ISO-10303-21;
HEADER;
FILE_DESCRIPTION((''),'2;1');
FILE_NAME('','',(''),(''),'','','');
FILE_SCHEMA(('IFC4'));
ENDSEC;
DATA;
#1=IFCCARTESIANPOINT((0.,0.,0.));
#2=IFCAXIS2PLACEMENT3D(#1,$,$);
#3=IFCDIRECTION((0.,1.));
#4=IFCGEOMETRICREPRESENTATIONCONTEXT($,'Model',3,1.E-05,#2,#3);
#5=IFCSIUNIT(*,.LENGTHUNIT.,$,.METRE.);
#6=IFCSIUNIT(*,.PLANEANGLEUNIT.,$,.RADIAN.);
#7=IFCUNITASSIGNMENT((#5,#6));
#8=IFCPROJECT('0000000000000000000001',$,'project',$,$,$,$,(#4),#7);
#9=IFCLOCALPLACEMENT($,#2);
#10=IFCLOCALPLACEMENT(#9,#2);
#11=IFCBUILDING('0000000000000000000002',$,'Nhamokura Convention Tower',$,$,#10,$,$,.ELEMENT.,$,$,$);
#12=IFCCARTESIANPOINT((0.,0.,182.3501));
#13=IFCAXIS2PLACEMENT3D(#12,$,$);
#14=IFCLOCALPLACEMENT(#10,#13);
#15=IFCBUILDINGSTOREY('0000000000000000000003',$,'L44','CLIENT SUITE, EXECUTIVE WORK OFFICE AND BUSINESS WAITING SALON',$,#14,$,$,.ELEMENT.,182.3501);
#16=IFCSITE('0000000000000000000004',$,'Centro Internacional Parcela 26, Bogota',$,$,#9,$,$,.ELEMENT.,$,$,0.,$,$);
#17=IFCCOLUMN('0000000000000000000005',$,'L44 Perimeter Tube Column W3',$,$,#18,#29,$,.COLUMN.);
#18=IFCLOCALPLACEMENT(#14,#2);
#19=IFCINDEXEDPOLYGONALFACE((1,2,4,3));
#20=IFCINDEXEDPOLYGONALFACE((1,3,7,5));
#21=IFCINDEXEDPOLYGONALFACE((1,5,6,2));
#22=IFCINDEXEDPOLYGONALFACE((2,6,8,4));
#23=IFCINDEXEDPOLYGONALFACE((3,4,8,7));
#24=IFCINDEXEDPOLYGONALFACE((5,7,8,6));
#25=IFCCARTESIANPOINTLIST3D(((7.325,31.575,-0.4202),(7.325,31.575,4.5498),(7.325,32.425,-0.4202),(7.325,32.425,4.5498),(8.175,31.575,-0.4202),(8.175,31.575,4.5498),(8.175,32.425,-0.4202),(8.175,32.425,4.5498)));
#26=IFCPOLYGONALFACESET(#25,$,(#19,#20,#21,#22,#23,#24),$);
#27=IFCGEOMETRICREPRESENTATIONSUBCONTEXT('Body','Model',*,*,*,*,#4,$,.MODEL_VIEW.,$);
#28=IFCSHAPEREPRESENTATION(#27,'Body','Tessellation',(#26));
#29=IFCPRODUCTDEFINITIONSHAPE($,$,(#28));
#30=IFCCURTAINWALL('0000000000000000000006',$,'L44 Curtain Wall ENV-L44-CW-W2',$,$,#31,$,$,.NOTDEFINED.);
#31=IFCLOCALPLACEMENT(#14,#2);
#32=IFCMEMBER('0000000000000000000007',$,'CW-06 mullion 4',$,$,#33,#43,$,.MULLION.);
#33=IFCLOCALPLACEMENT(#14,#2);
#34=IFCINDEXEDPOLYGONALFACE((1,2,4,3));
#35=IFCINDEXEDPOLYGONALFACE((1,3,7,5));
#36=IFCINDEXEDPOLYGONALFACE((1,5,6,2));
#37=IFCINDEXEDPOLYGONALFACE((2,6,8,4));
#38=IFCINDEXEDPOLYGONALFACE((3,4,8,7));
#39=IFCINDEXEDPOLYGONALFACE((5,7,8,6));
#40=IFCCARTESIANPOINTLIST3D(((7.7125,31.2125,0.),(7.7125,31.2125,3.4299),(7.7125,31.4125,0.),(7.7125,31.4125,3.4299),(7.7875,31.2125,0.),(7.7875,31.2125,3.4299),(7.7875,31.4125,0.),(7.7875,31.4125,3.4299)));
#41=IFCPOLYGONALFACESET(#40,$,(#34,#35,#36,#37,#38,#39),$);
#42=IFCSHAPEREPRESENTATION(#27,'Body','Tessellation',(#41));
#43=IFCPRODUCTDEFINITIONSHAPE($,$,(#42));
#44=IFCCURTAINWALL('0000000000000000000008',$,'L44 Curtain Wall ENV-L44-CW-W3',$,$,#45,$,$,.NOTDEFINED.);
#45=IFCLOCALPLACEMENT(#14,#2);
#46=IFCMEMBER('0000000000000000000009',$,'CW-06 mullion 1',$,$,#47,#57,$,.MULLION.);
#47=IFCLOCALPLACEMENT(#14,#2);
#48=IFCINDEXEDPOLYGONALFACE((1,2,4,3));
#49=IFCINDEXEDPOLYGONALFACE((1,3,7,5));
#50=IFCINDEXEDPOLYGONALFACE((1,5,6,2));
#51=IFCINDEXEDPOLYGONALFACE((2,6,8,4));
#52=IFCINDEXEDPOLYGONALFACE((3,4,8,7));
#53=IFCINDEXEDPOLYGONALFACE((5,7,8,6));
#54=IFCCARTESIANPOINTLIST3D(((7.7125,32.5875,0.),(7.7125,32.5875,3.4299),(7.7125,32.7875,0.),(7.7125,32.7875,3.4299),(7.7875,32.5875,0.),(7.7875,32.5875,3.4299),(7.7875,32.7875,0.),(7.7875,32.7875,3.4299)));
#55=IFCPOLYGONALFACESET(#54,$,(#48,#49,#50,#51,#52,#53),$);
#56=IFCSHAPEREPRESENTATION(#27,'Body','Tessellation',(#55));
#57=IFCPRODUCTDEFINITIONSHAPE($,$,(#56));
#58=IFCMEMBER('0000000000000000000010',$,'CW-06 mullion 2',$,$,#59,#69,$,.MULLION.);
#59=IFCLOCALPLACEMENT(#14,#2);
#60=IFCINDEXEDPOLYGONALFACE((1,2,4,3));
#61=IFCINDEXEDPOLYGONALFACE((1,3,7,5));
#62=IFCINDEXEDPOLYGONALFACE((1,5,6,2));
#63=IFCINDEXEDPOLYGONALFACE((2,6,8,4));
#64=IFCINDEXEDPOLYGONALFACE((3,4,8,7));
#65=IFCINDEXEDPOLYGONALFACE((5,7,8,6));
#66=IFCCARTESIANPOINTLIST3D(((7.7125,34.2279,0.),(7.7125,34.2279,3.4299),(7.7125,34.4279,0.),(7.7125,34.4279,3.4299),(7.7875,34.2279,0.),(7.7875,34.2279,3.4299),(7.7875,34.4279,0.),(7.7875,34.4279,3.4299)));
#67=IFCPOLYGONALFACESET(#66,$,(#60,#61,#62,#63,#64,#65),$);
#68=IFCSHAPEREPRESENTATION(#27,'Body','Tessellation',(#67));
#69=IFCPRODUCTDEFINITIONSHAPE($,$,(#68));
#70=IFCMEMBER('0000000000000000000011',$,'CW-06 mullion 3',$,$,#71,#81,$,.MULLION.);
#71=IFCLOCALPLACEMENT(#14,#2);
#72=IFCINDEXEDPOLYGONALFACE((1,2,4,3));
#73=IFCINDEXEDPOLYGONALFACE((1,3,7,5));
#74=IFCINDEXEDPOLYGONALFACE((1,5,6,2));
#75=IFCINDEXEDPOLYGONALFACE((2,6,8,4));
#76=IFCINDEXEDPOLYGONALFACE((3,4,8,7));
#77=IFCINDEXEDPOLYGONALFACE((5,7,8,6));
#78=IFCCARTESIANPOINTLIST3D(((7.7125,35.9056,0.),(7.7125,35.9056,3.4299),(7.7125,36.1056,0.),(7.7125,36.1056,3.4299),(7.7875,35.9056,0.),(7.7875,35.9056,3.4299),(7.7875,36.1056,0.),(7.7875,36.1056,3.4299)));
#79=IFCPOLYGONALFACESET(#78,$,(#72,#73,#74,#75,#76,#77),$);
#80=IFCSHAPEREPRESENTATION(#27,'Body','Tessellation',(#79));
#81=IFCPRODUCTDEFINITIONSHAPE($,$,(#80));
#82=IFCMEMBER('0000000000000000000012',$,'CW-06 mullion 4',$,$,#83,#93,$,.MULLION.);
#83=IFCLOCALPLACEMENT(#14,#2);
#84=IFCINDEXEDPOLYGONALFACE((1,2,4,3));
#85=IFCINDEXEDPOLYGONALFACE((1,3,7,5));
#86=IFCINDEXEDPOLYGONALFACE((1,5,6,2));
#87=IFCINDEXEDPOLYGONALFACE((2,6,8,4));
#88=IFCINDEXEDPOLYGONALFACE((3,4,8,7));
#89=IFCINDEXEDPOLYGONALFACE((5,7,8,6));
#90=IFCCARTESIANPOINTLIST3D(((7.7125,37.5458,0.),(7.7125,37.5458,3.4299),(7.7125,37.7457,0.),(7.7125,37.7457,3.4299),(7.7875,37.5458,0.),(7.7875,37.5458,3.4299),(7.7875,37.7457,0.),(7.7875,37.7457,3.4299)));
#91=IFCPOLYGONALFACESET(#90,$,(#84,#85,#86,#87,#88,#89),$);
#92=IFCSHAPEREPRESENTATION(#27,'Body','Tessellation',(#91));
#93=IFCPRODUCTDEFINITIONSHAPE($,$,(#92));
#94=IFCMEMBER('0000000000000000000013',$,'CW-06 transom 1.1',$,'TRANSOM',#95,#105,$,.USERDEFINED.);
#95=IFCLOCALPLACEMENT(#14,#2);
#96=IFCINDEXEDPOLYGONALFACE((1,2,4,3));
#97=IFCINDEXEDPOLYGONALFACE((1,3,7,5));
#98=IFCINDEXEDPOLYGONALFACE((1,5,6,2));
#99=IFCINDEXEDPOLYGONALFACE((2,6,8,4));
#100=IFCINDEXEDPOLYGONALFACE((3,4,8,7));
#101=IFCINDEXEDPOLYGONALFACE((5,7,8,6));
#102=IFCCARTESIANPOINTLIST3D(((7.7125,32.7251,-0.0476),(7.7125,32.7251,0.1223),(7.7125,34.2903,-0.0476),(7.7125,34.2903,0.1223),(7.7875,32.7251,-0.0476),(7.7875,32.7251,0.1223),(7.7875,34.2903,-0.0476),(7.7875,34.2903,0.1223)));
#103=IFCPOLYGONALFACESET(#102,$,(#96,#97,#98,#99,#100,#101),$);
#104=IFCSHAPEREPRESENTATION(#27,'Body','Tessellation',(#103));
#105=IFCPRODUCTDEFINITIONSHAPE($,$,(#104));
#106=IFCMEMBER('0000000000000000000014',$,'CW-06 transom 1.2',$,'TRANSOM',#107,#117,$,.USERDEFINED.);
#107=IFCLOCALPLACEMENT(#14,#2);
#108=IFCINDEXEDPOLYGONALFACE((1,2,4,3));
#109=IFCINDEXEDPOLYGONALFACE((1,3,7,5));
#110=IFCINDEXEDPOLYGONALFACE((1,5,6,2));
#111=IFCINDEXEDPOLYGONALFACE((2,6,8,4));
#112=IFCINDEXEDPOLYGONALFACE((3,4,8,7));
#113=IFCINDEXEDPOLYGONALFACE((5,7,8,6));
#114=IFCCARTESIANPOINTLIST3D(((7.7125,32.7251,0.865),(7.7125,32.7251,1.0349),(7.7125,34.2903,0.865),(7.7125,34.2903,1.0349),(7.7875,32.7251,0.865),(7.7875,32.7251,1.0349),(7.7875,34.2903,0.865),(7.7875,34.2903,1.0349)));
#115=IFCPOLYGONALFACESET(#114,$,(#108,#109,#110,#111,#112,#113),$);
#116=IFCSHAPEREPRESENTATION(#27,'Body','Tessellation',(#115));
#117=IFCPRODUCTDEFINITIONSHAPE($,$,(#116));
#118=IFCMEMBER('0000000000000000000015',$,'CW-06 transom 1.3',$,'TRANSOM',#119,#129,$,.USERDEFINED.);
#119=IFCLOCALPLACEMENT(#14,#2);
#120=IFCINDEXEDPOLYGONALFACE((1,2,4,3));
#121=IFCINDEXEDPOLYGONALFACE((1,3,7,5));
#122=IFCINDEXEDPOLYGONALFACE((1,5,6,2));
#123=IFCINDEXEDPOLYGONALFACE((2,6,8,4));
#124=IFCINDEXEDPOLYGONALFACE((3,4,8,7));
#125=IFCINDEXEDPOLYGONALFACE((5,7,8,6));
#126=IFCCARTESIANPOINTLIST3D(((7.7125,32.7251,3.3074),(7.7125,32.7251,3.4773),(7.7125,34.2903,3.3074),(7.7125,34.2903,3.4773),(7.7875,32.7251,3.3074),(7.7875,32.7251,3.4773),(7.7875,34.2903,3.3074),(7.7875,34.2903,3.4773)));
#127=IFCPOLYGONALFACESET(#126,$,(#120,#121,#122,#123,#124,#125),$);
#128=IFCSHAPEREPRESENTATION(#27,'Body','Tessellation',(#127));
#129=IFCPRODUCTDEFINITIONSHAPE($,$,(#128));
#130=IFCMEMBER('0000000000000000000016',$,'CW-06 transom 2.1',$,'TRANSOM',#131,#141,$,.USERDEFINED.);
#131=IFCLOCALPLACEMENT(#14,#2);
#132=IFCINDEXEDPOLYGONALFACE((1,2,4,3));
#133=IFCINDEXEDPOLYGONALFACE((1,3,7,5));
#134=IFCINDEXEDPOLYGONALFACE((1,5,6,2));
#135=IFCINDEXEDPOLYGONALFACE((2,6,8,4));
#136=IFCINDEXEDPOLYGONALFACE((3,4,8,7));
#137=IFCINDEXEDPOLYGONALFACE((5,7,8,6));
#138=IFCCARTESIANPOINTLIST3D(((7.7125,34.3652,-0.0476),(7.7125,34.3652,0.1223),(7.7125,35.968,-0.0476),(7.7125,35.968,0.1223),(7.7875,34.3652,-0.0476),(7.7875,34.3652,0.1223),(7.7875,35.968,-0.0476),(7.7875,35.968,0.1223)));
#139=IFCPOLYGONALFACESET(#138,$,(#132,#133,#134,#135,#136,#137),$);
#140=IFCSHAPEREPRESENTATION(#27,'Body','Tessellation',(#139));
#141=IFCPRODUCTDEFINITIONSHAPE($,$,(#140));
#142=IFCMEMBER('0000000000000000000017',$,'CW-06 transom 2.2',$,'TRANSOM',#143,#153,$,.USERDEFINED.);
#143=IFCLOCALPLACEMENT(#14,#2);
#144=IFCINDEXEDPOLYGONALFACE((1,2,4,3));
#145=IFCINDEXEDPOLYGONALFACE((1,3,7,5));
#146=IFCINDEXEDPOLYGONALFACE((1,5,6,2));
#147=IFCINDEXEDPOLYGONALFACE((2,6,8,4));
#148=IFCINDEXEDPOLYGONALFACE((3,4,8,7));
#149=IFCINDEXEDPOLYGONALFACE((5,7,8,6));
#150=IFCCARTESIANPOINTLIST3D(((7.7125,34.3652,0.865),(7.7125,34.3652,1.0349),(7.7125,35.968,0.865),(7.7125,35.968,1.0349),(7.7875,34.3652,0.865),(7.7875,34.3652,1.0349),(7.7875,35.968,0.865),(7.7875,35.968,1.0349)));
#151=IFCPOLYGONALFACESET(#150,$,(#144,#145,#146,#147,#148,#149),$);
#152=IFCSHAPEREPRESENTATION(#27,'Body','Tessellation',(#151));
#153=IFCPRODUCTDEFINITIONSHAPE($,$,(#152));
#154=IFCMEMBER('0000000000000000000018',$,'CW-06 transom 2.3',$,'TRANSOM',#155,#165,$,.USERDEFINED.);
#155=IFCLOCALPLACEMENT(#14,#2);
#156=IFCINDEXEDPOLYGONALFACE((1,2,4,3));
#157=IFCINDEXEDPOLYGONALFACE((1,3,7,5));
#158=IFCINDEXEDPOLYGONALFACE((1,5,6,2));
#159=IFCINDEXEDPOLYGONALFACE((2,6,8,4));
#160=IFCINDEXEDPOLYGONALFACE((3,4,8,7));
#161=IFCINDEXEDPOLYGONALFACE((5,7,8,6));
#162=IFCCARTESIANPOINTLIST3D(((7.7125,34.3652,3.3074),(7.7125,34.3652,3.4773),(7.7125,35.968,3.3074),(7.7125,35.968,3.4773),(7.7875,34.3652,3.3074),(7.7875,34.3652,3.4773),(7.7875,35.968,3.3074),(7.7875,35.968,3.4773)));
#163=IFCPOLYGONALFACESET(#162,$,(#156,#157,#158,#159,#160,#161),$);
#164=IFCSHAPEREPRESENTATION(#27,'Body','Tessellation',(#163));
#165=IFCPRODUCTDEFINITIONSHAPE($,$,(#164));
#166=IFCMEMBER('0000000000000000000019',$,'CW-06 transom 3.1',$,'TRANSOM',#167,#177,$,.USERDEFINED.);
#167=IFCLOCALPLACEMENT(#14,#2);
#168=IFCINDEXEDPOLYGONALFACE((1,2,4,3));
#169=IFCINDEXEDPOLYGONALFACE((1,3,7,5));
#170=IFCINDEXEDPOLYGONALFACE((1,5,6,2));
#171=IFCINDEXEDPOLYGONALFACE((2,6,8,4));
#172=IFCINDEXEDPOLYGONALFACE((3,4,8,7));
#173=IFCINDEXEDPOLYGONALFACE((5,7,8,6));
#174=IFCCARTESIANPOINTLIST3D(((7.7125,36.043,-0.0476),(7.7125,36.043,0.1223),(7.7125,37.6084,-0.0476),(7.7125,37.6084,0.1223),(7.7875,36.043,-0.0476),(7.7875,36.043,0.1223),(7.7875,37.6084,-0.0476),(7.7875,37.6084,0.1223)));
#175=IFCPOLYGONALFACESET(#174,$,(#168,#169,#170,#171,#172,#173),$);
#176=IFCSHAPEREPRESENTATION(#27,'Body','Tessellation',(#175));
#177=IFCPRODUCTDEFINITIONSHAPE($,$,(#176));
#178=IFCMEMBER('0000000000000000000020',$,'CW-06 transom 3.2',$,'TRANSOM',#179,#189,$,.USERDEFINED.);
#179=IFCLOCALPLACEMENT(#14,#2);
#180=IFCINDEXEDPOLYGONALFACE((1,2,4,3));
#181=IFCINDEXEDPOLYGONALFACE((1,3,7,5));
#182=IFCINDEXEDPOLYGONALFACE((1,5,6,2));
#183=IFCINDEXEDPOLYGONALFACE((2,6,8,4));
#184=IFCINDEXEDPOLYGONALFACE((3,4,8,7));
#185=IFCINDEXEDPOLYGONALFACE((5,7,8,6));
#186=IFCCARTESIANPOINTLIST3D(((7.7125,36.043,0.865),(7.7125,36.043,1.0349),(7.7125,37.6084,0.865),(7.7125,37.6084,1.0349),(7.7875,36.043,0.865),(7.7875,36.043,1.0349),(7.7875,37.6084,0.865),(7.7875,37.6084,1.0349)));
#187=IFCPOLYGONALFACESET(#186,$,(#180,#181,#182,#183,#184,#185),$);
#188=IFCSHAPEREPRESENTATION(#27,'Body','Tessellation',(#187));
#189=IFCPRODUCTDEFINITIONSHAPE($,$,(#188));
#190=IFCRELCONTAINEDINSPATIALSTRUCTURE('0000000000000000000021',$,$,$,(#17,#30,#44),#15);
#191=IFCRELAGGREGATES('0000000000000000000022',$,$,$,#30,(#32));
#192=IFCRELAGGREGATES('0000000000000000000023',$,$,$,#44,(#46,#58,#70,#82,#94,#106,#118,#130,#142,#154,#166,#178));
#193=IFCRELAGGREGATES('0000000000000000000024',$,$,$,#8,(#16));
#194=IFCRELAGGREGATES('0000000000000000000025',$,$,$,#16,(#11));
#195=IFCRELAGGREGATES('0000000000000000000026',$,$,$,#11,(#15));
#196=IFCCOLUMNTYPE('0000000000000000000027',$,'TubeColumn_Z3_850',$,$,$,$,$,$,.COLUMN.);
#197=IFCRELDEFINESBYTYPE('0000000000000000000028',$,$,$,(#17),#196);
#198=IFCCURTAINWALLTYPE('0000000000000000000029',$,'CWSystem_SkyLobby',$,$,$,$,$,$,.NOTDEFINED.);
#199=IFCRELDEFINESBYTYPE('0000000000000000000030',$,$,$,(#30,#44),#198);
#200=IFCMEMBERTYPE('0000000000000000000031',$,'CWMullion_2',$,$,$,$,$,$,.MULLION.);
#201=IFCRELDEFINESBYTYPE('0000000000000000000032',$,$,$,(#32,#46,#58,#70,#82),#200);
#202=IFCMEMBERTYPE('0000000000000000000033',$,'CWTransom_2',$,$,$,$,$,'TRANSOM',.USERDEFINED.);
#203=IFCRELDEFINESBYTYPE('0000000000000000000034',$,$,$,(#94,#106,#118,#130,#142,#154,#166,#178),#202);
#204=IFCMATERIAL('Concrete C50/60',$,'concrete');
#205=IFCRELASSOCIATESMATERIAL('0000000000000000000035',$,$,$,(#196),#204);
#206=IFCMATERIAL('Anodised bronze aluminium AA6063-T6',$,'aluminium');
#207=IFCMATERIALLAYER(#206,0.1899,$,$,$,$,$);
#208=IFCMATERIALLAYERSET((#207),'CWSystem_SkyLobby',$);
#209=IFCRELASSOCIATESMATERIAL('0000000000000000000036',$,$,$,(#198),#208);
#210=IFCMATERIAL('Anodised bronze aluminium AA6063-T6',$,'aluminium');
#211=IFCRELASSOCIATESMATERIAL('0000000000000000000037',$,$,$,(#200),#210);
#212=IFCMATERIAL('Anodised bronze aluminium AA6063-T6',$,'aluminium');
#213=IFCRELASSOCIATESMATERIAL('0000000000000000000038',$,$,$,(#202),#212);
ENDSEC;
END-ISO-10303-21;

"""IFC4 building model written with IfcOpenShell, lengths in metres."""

from ifc_helpers import new_model, si_unit, direction, frame, origin, origin_2d, place, context, subcontext, project, spatial, rectangle, extrude, material, layer, layer_set, material_profile, profile_set, type_object, element, aggregate, save


model = new_model("IFC4")

# Units and contexts
model_context = context("Model", 3, precision=1e-05, world=origin(), true_north=direction((0.0, 1.0)))
body_context = subcontext(model_context, "Body", "Model", "MODEL_VIEW")
ifc_project = project(units=[si_unit("LENGTHUNIT", "METRE"), si_unit("PLANEANGLEUNIT", "RADIAN")], contexts=[model_context])

# Site, building, storey
site_placement = place(None, origin())
site = spatial("IfcSite", under=ifc_project, at=site_placement, Name="Centro Internacional Parcela 26, Bogota", CompositionType="ELEMENT", RefElevation=0.0)
building_placement = place(site_placement, origin())
building = spatial("IfcBuilding", under=site, at=building_placement, Name="Nhamokura Convention Tower", CompositionType="ELEMENT")
storey_placement = place(building_placement, frame((0.0, 0.0, 182.3501)))
storey = spatial("IfcBuildingStorey", under=building, at=storey_placement, Name="L44", Description="CLIENT SUITE, EXECUTIVE WORK OFFICE AND BUSINESS WAITING SALON", CompositionType="ELEMENT", Elevation=182.3501)

# Column
ifc_material_1 = material(Name="Concrete C50/60", Category="concrete")
ifc_material_profile_1 = material_profile(ifc_material_1, rectangle(XDim=0.8501, YDim=0.8501, at=origin_2d()))
ifc_profile_set_1 = profile_set([ifc_material_profile_1], Name="Concrete C50/60")
column_type = type_object("IfcColumnType", Name="TubeColumn_Z3_850", PredefinedType="COLUMN", material=ifc_profile_set_1)
column_placement = place(storey_placement, frame((7.75, 32.0, -0.4202), z_axis=(0.0, 0.0, 1.0), x_axis=(1.0, 0.0, 0.0)))
element("IfcColumn", 1, at=column_placement, inside=storey, type_object=column_type, Name="L44 Perimeter Tube Column W3", PredefinedType="COLUMN", context=body_context, shape_type="SweptSolid", body=[
    extrude(rectangle(XDim=0.8501, YDim=0.8501, at=origin_2d()), origin(), (0.0, 0.0, 1.0), 4.97),
])

# Curtain wall, member
ifc_material_2 = material(Name="Anodised bronze aluminium AA6063-T6", Category="aluminium")
ifc_layer_1 = layer(ifc_material_2, 0.1899)
ifc_layer_set_1 = layer_set([ifc_layer_1], Name="CWSystem_SkyLobby")
curtain_wall_type = type_object("IfcCurtainWallType", Name="CWSystem_SkyLobby", PredefinedType="NOTDEFINED", material=ifc_layer_set_1)
curtain_wall_1_placement = place(storey_placement, origin())
curtain_wall_1 = element("IfcCurtainWall", 2, at=curtain_wall_1_placement, inside=storey, type_object=curtain_wall_type, Name="L44 Curtain Wall ENV-L44-CW-W2", PredefinedType="NOTDEFINED")
ifc_material_3 = material(Name="Anodised bronze aluminium AA6063-T6", Category="aluminium")
ifc_material_profile_2 = material_profile(ifc_material_3, rectangle(XDim=0.075, YDim=0.2, at=origin_2d()))
ifc_profile_set_2 = profile_set([ifc_material_profile_2], Name="Anodised bronze aluminium AA6063-T6")
member_type_1 = type_object("IfcMemberType", Name="CWMullion_2", PredefinedType="MULLION", material=ifc_profile_set_2)
member_1_placement = place(storey_placement, frame((7.75, 31.3125, 0.0), z_axis=(0.0, 0.0, 1.0), x_axis=(-1.0, 0.0, 0.0)))
member_1 = element("IfcMember", 3, at=member_1_placement, type_object=member_type_1, Name="CW-06 mullion 4", PredefinedType="MULLION", context=body_context, shape_type="SweptSolid", body=[
    extrude(rectangle(XDim=0.075, YDim=0.2, at=origin_2d()), origin(), (0.0, 0.0, 1.0), 3.4299),
])

# Curtain wall, members
curtain_wall_2_placement = place(storey_placement, origin())
curtain_wall_2 = element("IfcCurtainWall", 4, at=curtain_wall_2_placement, inside=storey, type_object=curtain_wall_type, Name="L44 Curtain Wall ENV-L44-CW-W3", PredefinedType="NOTDEFINED")
member_2_placement = place(storey_placement, frame((7.75, 32.6875, 0.0), z_axis=(0.0, 0.0, 1.0), x_axis=(-1.0, 0.0, 0.0)))
member_2 = element("IfcMember", 5, at=member_2_placement, type_object=member_type_1, Name="CW-06 mullion 1", PredefinedType="MULLION", context=body_context, shape_type="SweptSolid", body=[
    extrude(rectangle(XDim=0.075, YDim=0.2, at=origin_2d()), origin(), (0.0, 0.0, 1.0), 3.4299),
])
member_3_placement = place(storey_placement, frame((7.75, 34.3279, 0.0), z_axis=(0.0, 0.0, 1.0), x_axis=(-1.0, 0.0, 0.0)))
member_3 = element("IfcMember", 6, at=member_3_placement, type_object=member_type_1, Name="CW-06 mullion 2", PredefinedType="MULLION", context=body_context, shape_type="SweptSolid", body=[
    extrude(rectangle(XDim=0.075, YDim=0.2, at=origin_2d()), origin(), (0.0, 0.0, 1.0), 3.4299),
])
member_4_placement = place(storey_placement, frame((7.75, 36.0056, 0.0), z_axis=(0.0, 0.0, 1.0), x_axis=(-1.0, 0.0, 0.0)))
member_4 = element("IfcMember", 7, at=member_4_placement, type_object=member_type_1, Name="CW-06 mullion 3", PredefinedType="MULLION", context=body_context, shape_type="SweptSolid", body=[
    extrude(rectangle(XDim=0.075, YDim=0.2, at=origin_2d()), origin(), (0.0, 0.0, 1.0), 3.4299),
])
member_5_placement = place(storey_placement, frame((7.75, 37.6458, 0.0), z_axis=(0.0, 0.0, 1.0), x_axis=(-1.0, 0.0, 0.0)))
member_5 = element("IfcMember", 8, at=member_5_placement, type_object=member_type_1, Name="CW-06 mullion 4", PredefinedType="MULLION", context=body_context, shape_type="SweptSolid", body=[
    extrude(rectangle(XDim=0.075, YDim=0.2, at=origin_2d()), origin(), (0.0, 0.0, 1.0), 3.4299),
])
ifc_material_4 = material(Name="Anodised bronze aluminium AA6063-T6", Category="aluminium")
ifc_material_profile_3 = material_profile(ifc_material_4, rectangle(XDim=0.075, YDim=0.1699, at=origin_2d()))
ifc_profile_set_3 = profile_set([ifc_material_profile_3], Name="Anodised bronze aluminium AA6063-T6")
member_type_2 = type_object("IfcMemberType", Name="CWTransom_2", ElementType="TRANSOM", PredefinedType="USERDEFINED", material=ifc_profile_set_3)
member_6_placement = place(storey_placement, frame((7.75, 32.7251, 0.0374), z_axis=(0.0, 1.0, 0.0), x_axis=(-1.0, 0.0, 0.0)))
member_6 = element("IfcMember", 9, at=member_6_placement, type_object=member_type_2, Name="CW-06 transom 1.1", ObjectType="TRANSOM", PredefinedType="USERDEFINED", context=body_context, shape_type="SweptSolid", body=[
    extrude(rectangle(XDim=0.075, YDim=0.1699, at=origin_2d()), origin(), (0.0, 0.0, 1.0), 1.5652),
])
member_7_placement = place(storey_placement, frame((7.75, 32.7251, 0.95), z_axis=(0.0, 1.0, 0.0), x_axis=(-1.0, 0.0, 0.0)))
member_7 = element("IfcMember", 10, at=member_7_placement, type_object=member_type_2, Name="CW-06 transom 1.2", ObjectType="TRANSOM", PredefinedType="USERDEFINED", context=body_context, shape_type="SweptSolid", body=[
    extrude(rectangle(XDim=0.075, YDim=0.1699, at=origin_2d()), origin(), (0.0, 0.0, 1.0), 1.5652),
])
member_8_placement = place(storey_placement, frame((7.75, 32.7251, 3.3923), z_axis=(0.0, 1.0, 0.0), x_axis=(-1.0, 0.0, 0.0)))
member_8 = element("IfcMember", 11, at=member_8_placement, type_object=member_type_2, Name="CW-06 transom 1.3", ObjectType="TRANSOM", PredefinedType="USERDEFINED", context=body_context, shape_type="SweptSolid", body=[
    extrude(rectangle(XDim=0.075, YDim=0.1699, at=origin_2d()), origin(), (0.0, 0.0, 1.0), 1.5652),
])
member_9_placement = place(storey_placement, frame((7.75, 34.3652, 0.0374), z_axis=(0.0, 1.0, 0.0), x_axis=(-1.0, 0.0, 0.0)))
member_9 = element("IfcMember", 12, at=member_9_placement, type_object=member_type_2, Name="CW-06 transom 2.1", ObjectType="TRANSOM", PredefinedType="USERDEFINED", context=body_context, shape_type="SweptSolid", body=[
    extrude(rectangle(XDim=0.075, YDim=0.1699, at=origin_2d()), origin(), (0.0, 0.0, 1.0), 1.6028),
])
member_10_placement = place(storey_placement, frame((7.75, 34.3652, 0.95), z_axis=(0.0, 1.0, 0.0), x_axis=(-1.0, 0.0, 0.0)))
member_10 = element("IfcMember", 13, at=member_10_placement, type_object=member_type_2, Name="CW-06 transom 2.2", ObjectType="TRANSOM", PredefinedType="USERDEFINED", context=body_context, shape_type="SweptSolid", body=[
    extrude(rectangle(XDim=0.075, YDim=0.1699, at=origin_2d()), origin(), (0.0, 0.0, 1.0), 1.6028),
])
member_11_placement = place(storey_placement, frame((7.75, 34.3652, 3.3923), z_axis=(0.0, 1.0, 0.0), x_axis=(-1.0, 0.0, 0.0)))
member_11 = element("IfcMember", 14, at=member_11_placement, type_object=member_type_2, Name="CW-06 transom 2.3", ObjectType="TRANSOM", PredefinedType="USERDEFINED", context=body_context, shape_type="SweptSolid", body=[
    extrude(rectangle(XDim=0.075, YDim=0.1699, at=origin_2d()), origin(), (0.0, 0.0, 1.0), 1.6028),
])
member_12_placement = place(storey_placement, frame((7.75, 36.043, 0.0374), z_axis=(0.0, 1.0, 0.0), x_axis=(-1.0, 0.0, 0.0)))
member_12 = element("IfcMember", 15, at=member_12_placement, type_object=member_type_2, Name="CW-06 transom 3.1", ObjectType="TRANSOM", PredefinedType="USERDEFINED", context=body_context, shape_type="SweptSolid", body=[
    extrude(rectangle(XDim=0.075, YDim=0.1699, at=origin_2d()), origin(), (0.0, 0.0, 1.0), 1.5654),
])
member_13_placement = place(storey_placement, frame((7.75, 36.043, 0.95), z_axis=(0.0, 1.0, 0.0), x_axis=(-1.0, 0.0, 0.0)))
member_13 = element("IfcMember", 16, at=member_13_placement, type_object=member_type_2, Name="CW-06 transom 3.2", ObjectType="TRANSOM", PredefinedType="USERDEFINED", context=body_context, shape_type="SweptSolid", body=[
    extrude(rectangle(XDim=0.075, YDim=0.1699, at=origin_2d()), origin(), (0.0, 0.0, 1.0), 1.5654),
])

aggregate(curtain_wall_1, [member_1])
aggregate(curtain_wall_2, [member_2, member_3, member_4, member_5, member_6, member_7, member_8, member_9, member_10, member_11, member_12, member_13])

save(model, "model.ifc")
